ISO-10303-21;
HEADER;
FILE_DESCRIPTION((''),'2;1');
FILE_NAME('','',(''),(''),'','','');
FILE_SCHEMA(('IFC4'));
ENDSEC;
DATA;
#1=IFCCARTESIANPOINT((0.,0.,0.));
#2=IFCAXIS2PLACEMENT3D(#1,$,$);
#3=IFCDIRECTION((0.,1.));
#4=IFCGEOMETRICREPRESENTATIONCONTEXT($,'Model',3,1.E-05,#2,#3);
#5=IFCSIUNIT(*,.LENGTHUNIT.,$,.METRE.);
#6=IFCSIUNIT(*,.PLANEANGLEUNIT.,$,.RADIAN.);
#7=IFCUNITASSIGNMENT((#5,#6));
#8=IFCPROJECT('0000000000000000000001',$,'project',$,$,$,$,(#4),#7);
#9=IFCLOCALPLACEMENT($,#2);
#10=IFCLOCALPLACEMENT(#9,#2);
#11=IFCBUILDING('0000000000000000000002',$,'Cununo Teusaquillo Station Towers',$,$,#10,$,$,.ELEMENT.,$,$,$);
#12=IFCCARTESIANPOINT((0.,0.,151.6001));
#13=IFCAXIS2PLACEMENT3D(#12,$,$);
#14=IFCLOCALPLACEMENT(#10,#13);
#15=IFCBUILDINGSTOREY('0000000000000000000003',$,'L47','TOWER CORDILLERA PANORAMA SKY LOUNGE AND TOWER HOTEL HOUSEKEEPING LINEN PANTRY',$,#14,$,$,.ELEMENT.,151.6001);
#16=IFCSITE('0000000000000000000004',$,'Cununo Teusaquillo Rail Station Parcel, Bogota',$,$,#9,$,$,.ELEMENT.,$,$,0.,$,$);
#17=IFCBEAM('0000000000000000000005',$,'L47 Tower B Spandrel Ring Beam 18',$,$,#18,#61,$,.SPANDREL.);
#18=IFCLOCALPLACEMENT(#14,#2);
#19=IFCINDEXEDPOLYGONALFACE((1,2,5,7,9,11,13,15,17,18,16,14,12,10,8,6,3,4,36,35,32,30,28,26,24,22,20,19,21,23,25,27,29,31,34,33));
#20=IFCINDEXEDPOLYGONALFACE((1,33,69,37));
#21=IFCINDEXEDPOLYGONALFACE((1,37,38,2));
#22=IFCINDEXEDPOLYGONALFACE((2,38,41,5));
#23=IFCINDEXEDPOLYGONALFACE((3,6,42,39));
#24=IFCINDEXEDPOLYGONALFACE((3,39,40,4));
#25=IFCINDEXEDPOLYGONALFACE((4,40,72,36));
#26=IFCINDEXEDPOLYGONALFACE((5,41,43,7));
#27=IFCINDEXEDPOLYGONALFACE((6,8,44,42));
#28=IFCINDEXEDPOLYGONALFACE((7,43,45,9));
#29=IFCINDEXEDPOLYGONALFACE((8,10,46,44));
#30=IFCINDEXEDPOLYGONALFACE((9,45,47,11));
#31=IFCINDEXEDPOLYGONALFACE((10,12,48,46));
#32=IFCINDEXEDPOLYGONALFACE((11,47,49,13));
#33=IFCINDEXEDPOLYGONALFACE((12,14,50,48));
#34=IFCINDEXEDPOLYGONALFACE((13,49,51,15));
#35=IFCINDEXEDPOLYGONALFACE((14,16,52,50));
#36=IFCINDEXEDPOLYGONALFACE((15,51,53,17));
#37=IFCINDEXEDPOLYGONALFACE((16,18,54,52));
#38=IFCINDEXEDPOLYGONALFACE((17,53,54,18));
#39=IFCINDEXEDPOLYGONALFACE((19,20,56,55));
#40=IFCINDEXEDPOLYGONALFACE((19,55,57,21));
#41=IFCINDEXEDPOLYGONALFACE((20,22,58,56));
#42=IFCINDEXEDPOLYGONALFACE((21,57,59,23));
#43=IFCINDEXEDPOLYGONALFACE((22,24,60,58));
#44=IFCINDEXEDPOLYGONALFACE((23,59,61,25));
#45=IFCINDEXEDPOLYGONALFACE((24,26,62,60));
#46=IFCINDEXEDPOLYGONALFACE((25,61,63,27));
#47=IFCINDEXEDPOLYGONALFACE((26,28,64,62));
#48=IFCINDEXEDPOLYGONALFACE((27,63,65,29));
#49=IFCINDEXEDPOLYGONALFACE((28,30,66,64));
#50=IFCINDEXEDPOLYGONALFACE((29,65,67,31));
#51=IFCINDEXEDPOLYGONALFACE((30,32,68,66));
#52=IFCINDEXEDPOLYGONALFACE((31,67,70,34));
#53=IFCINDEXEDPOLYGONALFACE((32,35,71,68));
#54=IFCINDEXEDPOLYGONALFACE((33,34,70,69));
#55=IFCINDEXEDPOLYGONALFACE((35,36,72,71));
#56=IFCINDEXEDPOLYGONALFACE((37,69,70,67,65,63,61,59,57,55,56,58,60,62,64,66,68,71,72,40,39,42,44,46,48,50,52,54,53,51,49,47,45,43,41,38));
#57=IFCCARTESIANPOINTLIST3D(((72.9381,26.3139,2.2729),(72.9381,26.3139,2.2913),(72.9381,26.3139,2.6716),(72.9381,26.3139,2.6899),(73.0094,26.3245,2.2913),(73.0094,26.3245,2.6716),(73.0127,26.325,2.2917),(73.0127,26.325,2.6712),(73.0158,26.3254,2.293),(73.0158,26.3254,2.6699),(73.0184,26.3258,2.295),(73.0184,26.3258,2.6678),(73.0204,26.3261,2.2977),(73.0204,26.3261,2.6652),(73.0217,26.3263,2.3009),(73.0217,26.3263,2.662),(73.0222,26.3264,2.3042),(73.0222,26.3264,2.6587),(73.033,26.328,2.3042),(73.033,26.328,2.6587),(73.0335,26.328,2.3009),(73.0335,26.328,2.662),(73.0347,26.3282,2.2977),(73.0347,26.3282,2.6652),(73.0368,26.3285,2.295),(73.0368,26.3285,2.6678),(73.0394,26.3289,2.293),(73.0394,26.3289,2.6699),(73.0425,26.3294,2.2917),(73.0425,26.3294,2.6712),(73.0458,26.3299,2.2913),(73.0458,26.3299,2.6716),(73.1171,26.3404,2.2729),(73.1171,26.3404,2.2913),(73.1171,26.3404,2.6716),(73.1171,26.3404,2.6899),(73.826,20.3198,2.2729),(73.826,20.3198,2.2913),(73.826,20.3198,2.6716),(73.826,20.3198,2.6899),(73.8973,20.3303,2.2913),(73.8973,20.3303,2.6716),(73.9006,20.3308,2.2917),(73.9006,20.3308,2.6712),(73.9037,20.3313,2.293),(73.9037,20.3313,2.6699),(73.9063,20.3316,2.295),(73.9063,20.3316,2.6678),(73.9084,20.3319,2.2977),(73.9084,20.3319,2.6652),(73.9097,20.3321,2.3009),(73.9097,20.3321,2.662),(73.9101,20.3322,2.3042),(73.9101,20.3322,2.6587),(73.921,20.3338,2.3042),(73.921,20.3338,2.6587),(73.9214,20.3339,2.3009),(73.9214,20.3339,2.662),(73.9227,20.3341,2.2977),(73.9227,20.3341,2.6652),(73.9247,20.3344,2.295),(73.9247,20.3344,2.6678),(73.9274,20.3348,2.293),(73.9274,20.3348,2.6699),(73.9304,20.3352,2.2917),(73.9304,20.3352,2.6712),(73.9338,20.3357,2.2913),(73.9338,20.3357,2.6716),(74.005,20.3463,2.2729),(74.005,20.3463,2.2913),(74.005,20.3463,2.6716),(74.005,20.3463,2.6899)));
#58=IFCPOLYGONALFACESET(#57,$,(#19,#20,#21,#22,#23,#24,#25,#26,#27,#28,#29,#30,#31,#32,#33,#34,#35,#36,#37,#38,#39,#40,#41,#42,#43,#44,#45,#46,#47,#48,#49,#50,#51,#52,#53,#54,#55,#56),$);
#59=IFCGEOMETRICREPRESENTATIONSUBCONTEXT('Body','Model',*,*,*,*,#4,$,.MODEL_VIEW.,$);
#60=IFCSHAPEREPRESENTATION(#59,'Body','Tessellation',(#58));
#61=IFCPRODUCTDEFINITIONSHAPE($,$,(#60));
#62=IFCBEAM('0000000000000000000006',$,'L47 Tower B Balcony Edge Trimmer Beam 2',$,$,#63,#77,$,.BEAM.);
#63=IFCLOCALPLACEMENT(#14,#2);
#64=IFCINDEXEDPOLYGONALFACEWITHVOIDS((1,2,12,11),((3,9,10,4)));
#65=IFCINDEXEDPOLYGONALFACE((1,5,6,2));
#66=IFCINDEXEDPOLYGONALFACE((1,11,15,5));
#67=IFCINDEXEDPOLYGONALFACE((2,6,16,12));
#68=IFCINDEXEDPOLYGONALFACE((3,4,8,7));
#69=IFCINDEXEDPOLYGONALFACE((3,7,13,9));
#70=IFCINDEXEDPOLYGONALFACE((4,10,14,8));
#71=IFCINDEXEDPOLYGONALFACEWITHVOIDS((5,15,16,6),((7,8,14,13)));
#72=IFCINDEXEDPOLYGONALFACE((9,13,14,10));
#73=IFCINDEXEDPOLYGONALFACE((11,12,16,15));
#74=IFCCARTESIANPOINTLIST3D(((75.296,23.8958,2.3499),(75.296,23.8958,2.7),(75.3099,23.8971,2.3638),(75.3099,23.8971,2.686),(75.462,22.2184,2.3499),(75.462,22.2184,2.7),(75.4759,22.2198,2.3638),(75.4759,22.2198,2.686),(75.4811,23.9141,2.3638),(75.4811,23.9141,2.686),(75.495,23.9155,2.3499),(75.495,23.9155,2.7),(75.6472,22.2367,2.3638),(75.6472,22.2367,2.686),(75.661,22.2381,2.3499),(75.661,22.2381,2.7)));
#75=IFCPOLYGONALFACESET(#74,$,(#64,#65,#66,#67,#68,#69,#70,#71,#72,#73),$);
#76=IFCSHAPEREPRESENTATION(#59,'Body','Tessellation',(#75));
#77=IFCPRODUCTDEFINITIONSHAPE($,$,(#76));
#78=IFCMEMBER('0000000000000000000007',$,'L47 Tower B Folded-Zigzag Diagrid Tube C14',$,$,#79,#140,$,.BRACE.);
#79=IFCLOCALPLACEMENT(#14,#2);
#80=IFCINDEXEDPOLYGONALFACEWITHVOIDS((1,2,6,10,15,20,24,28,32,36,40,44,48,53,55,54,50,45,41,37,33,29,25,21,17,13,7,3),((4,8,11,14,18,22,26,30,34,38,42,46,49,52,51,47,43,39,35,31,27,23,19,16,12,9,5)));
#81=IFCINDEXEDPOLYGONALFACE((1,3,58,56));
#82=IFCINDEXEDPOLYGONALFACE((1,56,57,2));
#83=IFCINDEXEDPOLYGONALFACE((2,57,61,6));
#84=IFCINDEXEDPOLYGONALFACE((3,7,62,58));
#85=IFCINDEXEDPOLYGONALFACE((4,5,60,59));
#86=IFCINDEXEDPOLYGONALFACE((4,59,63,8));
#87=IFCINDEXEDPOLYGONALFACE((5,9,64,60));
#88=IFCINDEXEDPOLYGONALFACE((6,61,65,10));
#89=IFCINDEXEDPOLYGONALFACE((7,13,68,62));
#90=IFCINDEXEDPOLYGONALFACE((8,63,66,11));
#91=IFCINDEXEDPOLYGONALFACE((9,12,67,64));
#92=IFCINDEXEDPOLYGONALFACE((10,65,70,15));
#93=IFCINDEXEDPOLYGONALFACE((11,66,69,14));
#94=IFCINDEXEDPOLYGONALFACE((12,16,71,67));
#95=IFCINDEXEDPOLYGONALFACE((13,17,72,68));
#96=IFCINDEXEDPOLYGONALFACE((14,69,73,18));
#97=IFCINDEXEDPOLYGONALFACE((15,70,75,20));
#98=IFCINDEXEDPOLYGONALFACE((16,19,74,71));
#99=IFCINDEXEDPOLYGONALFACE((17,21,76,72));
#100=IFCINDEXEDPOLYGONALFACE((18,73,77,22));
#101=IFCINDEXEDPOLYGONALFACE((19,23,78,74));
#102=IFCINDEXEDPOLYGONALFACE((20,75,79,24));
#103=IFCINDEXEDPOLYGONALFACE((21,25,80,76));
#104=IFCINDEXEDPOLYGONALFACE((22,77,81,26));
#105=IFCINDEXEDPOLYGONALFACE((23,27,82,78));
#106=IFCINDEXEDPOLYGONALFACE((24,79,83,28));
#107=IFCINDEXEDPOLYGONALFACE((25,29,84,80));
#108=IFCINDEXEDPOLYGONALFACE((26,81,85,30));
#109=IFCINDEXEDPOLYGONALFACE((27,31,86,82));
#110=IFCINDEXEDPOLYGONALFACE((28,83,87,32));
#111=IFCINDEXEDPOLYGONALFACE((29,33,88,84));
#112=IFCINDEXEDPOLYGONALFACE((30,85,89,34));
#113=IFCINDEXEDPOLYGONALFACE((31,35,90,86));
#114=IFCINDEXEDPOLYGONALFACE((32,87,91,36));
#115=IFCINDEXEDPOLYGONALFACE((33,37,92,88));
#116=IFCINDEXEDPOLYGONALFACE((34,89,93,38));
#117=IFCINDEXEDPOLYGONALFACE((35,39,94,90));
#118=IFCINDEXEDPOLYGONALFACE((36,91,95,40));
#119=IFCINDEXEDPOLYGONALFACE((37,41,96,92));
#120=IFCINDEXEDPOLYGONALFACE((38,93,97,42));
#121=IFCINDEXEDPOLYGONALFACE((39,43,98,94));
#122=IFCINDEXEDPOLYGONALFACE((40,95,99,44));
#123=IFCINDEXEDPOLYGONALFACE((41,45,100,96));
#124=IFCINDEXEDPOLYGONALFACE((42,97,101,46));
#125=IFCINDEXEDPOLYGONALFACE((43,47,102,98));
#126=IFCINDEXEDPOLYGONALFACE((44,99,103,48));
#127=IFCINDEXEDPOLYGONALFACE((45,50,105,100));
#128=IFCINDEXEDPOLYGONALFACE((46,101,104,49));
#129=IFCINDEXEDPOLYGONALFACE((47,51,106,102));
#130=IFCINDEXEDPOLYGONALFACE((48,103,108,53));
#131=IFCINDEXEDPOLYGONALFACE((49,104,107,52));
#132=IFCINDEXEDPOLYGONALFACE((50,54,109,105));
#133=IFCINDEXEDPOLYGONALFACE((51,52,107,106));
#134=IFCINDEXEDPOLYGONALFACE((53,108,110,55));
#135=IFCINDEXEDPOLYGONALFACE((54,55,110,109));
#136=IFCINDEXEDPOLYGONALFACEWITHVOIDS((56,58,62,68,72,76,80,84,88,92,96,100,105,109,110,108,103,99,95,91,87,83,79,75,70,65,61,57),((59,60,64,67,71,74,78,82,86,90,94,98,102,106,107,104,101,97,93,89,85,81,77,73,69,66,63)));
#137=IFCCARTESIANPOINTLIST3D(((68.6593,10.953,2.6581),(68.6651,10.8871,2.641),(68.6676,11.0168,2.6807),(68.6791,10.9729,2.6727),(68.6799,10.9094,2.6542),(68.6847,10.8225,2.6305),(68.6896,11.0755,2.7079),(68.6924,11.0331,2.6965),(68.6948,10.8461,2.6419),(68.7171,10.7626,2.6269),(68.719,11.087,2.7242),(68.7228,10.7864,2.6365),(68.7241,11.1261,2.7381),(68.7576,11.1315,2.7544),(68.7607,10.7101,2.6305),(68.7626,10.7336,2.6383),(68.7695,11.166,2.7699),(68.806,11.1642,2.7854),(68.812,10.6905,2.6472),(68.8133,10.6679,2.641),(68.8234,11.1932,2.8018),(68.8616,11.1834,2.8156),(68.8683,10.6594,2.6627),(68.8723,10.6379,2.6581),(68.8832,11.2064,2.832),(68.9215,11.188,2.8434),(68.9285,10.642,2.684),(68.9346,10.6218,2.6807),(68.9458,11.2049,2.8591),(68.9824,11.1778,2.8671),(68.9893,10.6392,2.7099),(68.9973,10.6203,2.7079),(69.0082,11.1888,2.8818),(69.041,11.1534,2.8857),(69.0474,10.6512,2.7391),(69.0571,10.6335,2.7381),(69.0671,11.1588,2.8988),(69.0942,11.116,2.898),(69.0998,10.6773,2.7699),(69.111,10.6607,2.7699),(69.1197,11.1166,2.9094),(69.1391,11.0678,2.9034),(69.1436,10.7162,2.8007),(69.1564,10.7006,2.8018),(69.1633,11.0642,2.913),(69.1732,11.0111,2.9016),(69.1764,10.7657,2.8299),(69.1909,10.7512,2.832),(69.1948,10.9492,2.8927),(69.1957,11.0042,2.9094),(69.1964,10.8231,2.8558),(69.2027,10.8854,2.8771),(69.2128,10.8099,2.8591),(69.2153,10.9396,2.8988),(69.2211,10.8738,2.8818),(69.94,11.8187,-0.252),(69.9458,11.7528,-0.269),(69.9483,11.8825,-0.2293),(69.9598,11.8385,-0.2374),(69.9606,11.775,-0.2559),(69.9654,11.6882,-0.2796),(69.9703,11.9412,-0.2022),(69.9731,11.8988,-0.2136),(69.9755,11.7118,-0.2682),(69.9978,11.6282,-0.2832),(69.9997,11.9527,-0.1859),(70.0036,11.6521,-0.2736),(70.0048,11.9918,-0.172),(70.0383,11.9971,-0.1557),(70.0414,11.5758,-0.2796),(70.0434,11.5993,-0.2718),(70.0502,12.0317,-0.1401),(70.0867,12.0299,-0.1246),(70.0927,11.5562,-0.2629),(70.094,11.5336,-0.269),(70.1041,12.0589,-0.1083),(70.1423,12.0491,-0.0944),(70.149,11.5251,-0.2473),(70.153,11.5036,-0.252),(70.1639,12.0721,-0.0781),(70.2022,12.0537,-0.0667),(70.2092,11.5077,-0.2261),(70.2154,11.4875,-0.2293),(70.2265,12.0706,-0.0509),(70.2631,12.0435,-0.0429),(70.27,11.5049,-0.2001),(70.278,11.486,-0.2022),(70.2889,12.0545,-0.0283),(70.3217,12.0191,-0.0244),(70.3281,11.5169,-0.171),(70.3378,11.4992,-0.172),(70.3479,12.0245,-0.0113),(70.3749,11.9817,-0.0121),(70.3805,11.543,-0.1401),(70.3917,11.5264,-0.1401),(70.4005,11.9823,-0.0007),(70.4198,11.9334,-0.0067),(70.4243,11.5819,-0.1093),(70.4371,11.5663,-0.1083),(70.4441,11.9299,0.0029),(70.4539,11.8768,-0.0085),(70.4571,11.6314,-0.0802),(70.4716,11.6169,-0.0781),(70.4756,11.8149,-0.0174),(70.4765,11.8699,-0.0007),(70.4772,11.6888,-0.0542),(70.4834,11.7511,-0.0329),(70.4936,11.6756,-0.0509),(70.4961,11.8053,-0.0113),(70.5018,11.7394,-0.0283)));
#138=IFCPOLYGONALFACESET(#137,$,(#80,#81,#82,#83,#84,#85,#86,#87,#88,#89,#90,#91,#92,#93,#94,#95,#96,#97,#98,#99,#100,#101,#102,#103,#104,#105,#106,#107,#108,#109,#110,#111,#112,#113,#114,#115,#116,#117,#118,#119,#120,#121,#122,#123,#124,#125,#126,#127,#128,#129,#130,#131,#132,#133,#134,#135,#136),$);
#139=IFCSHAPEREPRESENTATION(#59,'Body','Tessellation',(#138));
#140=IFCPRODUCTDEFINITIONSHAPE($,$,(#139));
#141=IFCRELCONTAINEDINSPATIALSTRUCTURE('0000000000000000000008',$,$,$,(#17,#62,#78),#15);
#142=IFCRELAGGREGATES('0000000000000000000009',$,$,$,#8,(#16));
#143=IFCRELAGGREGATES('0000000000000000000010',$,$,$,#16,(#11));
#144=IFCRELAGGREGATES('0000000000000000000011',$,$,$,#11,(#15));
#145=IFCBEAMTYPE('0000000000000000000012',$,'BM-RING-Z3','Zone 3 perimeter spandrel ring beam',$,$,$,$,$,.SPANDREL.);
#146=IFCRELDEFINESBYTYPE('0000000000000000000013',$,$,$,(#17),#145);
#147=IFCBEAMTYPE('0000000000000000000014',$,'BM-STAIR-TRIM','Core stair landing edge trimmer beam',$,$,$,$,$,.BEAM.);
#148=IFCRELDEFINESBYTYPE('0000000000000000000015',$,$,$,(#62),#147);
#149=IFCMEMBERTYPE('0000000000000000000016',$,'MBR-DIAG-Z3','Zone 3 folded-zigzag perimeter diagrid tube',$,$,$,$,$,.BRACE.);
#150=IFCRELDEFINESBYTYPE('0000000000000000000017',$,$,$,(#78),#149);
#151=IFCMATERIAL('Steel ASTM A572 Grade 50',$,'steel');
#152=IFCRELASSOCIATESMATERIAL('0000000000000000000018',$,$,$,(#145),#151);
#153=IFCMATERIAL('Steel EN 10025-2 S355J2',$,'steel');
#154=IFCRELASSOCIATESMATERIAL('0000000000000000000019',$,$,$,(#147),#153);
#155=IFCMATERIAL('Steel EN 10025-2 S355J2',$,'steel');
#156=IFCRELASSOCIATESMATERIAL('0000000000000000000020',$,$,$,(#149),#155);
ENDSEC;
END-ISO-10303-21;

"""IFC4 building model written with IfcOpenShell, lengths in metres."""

from ifc_helpers import new_model, si_unit, direction, frame, origin, origin_2d, place, context, subcontext, project, spatial, hollow_rectangle, hollow_circle, i_section, extrude, material, material_profile, profile_set, type_object, element, save


model = new_model("IFC4")

# Units and contexts
model_context = context("Model", 3, precision=1e-05, world=origin(), true_north=direction((0.0, 1.0)))
body_context = subcontext(model_context, "Body", "Model", "MODEL_VIEW")
ifc_project = project(units=[si_unit("LENGTHUNIT", "METRE"), si_unit("PLANEANGLEUNIT", "RADIAN")], contexts=[model_context])

# Site, building, storey
site_placement = place(None, origin())
site = spatial("IfcSite", under=ifc_project, at=site_placement, Name="Cununo Teusaquillo Rail Station Parcel, Bogota", CompositionType="ELEMENT", RefElevation=0.0)
building_placement = place(site_placement, origin())
building = spatial("IfcBuilding", under=site, at=building_placement, Name="Cununo Teusaquillo Station Towers", CompositionType="ELEMENT")
storey_placement = place(building_placement, frame((0.0, 0.0, 151.6001)))
storey = spatial("IfcBuildingStorey", under=building, at=storey_placement, Name="L47", Description="TOWER CORDILLERA PANORAMA SKY LOUNGE AND TOWER HOTEL HOUSEKEEPING LINEN PANTRY", CompositionType="ELEMENT", Elevation=151.6001)

# Beams
ifc_material_1 = material(Name="Steel ASTM A572 Grade 50", Category="steel")
ifc_material_profile_1 = material_profile(ifc_material_1, i_section(OverallWidth=0.1809, OverallDepth=0.417, WebThickness=0.011, FlangeThickness=0.0183, FilletRadius=0.0129, at=origin_2d()), Name="W16X57")
ifc_profile_set_1 = profile_set([ifc_material_profile_1], Name="Steel ASTM A572 Grade 50")
beam_type_1 = type_object("IfcBeamType", Name="BM-RING-Z3", Description="Zone 3 perimeter spandrel ring beam", PredefinedType="SPANDREL", material=ifc_profile_set_1)
beam_1_placement = place(storey_placement, frame((73.9155, 20.333, 2.4814), z_axis=(-0.146536, 0.989205, 0.0), x_axis=(-0.989205, -0.146536, 0.0)))
element("IfcBeam", 1, at=beam_1_placement, inside=storey, type_object=beam_type_1, Name="L47 Tower B Spandrel Ring Beam 18", PredefinedType="SPANDREL", context=body_context, shape_type="SweptSolid", body=[
    extrude(i_section(OverallWidth=0.1809, OverallDepth=0.417, WebThickness=0.011, FlangeThickness=0.0183, FilletRadius=0.0129, at=origin_2d()), origin(), (0.0, 0.0, 1.0), 6.0596),
])
ifc_material_2 = material(Name="Steel EN 10025-2 S355J2", Category="steel")
ifc_material_profile_2 = material_profile(ifc_material_2, hollow_rectangle(XDim=0.2, YDim=0.3501, WallThickness=0.0139, at=origin_2d()), Name="RHS 350x200x14")
ifc_profile_set_2 = profile_set([ifc_material_profile_2], Name="Steel EN 10025-2 S355J2")
beam_type_2 = type_object("IfcBeamType", Name="BM-STAIR-TRIM", Description="Core stair landing edge trimmer beam", PredefinedType="BEAM", material=ifc_profile_set_2)
beam_2_placement = place(storey_placement, frame((75.5615, 22.2283, 2.5249), z_axis=(-0.0985, 0.995137, 0.0), x_axis=(-0.995137, -0.0985, 0.0)))
element("IfcBeam", 2, at=beam_2_placement, inside=storey, type_object=beam_type_2, Name="L47 Tower B Balcony Edge Trimmer Beam 2", PredefinedType="BEAM", context=body_context, shape_type="SweptSolid", body=[
    extrude(hollow_rectangle(XDim=0.2, YDim=0.3501, WallThickness=0.0139, at=origin_2d()), origin(), (0.0, 0.0, 1.0), 1.6855),
])

# Member
ifc_material_3 = material(Name="Steel EN 10025-2 S355J2", Category="steel")
ifc_material_profile_3 = material_profile(ifc_material_3, hollow_circle(Radius=0.3049, WallThickness=0.02, at=origin_2d()), Name="CHS 610x20")
ifc_profile_set_3 = profile_set([ifc_material_profile_3], Name="Steel EN 10025-2 S355J2")
member_type = type_object("IfcMemberType", Name="MBR-DIAG-Z3", Description="Zone 3 folded-zigzag perimeter diagrid tube", PredefinedType="BRACE", material=ifc_profile_set_3)
member_1_placement = place(storey_placement, frame((70.2209, 11.7791, -0.1401), z_axis=(-0.388666, -0.262716, 0.88313), x_axis=(0.56001, -0.828486, 0.0)))
element("IfcMember", 3, at=member_1_placement, inside=storey, type_object=member_type, Name="L47 Tower B Folded-Zigzag Diagrid Tube C14", PredefinedType="BRACE", context=body_context, shape_type="SweptSolid", body=[
    extrude(hollow_circle(Radius=0.3049, WallThickness=0.02, at=origin_2d()), origin(), (0.0, 0.0, 1.0), 3.2952),
])

save(model, "model.ifc")
